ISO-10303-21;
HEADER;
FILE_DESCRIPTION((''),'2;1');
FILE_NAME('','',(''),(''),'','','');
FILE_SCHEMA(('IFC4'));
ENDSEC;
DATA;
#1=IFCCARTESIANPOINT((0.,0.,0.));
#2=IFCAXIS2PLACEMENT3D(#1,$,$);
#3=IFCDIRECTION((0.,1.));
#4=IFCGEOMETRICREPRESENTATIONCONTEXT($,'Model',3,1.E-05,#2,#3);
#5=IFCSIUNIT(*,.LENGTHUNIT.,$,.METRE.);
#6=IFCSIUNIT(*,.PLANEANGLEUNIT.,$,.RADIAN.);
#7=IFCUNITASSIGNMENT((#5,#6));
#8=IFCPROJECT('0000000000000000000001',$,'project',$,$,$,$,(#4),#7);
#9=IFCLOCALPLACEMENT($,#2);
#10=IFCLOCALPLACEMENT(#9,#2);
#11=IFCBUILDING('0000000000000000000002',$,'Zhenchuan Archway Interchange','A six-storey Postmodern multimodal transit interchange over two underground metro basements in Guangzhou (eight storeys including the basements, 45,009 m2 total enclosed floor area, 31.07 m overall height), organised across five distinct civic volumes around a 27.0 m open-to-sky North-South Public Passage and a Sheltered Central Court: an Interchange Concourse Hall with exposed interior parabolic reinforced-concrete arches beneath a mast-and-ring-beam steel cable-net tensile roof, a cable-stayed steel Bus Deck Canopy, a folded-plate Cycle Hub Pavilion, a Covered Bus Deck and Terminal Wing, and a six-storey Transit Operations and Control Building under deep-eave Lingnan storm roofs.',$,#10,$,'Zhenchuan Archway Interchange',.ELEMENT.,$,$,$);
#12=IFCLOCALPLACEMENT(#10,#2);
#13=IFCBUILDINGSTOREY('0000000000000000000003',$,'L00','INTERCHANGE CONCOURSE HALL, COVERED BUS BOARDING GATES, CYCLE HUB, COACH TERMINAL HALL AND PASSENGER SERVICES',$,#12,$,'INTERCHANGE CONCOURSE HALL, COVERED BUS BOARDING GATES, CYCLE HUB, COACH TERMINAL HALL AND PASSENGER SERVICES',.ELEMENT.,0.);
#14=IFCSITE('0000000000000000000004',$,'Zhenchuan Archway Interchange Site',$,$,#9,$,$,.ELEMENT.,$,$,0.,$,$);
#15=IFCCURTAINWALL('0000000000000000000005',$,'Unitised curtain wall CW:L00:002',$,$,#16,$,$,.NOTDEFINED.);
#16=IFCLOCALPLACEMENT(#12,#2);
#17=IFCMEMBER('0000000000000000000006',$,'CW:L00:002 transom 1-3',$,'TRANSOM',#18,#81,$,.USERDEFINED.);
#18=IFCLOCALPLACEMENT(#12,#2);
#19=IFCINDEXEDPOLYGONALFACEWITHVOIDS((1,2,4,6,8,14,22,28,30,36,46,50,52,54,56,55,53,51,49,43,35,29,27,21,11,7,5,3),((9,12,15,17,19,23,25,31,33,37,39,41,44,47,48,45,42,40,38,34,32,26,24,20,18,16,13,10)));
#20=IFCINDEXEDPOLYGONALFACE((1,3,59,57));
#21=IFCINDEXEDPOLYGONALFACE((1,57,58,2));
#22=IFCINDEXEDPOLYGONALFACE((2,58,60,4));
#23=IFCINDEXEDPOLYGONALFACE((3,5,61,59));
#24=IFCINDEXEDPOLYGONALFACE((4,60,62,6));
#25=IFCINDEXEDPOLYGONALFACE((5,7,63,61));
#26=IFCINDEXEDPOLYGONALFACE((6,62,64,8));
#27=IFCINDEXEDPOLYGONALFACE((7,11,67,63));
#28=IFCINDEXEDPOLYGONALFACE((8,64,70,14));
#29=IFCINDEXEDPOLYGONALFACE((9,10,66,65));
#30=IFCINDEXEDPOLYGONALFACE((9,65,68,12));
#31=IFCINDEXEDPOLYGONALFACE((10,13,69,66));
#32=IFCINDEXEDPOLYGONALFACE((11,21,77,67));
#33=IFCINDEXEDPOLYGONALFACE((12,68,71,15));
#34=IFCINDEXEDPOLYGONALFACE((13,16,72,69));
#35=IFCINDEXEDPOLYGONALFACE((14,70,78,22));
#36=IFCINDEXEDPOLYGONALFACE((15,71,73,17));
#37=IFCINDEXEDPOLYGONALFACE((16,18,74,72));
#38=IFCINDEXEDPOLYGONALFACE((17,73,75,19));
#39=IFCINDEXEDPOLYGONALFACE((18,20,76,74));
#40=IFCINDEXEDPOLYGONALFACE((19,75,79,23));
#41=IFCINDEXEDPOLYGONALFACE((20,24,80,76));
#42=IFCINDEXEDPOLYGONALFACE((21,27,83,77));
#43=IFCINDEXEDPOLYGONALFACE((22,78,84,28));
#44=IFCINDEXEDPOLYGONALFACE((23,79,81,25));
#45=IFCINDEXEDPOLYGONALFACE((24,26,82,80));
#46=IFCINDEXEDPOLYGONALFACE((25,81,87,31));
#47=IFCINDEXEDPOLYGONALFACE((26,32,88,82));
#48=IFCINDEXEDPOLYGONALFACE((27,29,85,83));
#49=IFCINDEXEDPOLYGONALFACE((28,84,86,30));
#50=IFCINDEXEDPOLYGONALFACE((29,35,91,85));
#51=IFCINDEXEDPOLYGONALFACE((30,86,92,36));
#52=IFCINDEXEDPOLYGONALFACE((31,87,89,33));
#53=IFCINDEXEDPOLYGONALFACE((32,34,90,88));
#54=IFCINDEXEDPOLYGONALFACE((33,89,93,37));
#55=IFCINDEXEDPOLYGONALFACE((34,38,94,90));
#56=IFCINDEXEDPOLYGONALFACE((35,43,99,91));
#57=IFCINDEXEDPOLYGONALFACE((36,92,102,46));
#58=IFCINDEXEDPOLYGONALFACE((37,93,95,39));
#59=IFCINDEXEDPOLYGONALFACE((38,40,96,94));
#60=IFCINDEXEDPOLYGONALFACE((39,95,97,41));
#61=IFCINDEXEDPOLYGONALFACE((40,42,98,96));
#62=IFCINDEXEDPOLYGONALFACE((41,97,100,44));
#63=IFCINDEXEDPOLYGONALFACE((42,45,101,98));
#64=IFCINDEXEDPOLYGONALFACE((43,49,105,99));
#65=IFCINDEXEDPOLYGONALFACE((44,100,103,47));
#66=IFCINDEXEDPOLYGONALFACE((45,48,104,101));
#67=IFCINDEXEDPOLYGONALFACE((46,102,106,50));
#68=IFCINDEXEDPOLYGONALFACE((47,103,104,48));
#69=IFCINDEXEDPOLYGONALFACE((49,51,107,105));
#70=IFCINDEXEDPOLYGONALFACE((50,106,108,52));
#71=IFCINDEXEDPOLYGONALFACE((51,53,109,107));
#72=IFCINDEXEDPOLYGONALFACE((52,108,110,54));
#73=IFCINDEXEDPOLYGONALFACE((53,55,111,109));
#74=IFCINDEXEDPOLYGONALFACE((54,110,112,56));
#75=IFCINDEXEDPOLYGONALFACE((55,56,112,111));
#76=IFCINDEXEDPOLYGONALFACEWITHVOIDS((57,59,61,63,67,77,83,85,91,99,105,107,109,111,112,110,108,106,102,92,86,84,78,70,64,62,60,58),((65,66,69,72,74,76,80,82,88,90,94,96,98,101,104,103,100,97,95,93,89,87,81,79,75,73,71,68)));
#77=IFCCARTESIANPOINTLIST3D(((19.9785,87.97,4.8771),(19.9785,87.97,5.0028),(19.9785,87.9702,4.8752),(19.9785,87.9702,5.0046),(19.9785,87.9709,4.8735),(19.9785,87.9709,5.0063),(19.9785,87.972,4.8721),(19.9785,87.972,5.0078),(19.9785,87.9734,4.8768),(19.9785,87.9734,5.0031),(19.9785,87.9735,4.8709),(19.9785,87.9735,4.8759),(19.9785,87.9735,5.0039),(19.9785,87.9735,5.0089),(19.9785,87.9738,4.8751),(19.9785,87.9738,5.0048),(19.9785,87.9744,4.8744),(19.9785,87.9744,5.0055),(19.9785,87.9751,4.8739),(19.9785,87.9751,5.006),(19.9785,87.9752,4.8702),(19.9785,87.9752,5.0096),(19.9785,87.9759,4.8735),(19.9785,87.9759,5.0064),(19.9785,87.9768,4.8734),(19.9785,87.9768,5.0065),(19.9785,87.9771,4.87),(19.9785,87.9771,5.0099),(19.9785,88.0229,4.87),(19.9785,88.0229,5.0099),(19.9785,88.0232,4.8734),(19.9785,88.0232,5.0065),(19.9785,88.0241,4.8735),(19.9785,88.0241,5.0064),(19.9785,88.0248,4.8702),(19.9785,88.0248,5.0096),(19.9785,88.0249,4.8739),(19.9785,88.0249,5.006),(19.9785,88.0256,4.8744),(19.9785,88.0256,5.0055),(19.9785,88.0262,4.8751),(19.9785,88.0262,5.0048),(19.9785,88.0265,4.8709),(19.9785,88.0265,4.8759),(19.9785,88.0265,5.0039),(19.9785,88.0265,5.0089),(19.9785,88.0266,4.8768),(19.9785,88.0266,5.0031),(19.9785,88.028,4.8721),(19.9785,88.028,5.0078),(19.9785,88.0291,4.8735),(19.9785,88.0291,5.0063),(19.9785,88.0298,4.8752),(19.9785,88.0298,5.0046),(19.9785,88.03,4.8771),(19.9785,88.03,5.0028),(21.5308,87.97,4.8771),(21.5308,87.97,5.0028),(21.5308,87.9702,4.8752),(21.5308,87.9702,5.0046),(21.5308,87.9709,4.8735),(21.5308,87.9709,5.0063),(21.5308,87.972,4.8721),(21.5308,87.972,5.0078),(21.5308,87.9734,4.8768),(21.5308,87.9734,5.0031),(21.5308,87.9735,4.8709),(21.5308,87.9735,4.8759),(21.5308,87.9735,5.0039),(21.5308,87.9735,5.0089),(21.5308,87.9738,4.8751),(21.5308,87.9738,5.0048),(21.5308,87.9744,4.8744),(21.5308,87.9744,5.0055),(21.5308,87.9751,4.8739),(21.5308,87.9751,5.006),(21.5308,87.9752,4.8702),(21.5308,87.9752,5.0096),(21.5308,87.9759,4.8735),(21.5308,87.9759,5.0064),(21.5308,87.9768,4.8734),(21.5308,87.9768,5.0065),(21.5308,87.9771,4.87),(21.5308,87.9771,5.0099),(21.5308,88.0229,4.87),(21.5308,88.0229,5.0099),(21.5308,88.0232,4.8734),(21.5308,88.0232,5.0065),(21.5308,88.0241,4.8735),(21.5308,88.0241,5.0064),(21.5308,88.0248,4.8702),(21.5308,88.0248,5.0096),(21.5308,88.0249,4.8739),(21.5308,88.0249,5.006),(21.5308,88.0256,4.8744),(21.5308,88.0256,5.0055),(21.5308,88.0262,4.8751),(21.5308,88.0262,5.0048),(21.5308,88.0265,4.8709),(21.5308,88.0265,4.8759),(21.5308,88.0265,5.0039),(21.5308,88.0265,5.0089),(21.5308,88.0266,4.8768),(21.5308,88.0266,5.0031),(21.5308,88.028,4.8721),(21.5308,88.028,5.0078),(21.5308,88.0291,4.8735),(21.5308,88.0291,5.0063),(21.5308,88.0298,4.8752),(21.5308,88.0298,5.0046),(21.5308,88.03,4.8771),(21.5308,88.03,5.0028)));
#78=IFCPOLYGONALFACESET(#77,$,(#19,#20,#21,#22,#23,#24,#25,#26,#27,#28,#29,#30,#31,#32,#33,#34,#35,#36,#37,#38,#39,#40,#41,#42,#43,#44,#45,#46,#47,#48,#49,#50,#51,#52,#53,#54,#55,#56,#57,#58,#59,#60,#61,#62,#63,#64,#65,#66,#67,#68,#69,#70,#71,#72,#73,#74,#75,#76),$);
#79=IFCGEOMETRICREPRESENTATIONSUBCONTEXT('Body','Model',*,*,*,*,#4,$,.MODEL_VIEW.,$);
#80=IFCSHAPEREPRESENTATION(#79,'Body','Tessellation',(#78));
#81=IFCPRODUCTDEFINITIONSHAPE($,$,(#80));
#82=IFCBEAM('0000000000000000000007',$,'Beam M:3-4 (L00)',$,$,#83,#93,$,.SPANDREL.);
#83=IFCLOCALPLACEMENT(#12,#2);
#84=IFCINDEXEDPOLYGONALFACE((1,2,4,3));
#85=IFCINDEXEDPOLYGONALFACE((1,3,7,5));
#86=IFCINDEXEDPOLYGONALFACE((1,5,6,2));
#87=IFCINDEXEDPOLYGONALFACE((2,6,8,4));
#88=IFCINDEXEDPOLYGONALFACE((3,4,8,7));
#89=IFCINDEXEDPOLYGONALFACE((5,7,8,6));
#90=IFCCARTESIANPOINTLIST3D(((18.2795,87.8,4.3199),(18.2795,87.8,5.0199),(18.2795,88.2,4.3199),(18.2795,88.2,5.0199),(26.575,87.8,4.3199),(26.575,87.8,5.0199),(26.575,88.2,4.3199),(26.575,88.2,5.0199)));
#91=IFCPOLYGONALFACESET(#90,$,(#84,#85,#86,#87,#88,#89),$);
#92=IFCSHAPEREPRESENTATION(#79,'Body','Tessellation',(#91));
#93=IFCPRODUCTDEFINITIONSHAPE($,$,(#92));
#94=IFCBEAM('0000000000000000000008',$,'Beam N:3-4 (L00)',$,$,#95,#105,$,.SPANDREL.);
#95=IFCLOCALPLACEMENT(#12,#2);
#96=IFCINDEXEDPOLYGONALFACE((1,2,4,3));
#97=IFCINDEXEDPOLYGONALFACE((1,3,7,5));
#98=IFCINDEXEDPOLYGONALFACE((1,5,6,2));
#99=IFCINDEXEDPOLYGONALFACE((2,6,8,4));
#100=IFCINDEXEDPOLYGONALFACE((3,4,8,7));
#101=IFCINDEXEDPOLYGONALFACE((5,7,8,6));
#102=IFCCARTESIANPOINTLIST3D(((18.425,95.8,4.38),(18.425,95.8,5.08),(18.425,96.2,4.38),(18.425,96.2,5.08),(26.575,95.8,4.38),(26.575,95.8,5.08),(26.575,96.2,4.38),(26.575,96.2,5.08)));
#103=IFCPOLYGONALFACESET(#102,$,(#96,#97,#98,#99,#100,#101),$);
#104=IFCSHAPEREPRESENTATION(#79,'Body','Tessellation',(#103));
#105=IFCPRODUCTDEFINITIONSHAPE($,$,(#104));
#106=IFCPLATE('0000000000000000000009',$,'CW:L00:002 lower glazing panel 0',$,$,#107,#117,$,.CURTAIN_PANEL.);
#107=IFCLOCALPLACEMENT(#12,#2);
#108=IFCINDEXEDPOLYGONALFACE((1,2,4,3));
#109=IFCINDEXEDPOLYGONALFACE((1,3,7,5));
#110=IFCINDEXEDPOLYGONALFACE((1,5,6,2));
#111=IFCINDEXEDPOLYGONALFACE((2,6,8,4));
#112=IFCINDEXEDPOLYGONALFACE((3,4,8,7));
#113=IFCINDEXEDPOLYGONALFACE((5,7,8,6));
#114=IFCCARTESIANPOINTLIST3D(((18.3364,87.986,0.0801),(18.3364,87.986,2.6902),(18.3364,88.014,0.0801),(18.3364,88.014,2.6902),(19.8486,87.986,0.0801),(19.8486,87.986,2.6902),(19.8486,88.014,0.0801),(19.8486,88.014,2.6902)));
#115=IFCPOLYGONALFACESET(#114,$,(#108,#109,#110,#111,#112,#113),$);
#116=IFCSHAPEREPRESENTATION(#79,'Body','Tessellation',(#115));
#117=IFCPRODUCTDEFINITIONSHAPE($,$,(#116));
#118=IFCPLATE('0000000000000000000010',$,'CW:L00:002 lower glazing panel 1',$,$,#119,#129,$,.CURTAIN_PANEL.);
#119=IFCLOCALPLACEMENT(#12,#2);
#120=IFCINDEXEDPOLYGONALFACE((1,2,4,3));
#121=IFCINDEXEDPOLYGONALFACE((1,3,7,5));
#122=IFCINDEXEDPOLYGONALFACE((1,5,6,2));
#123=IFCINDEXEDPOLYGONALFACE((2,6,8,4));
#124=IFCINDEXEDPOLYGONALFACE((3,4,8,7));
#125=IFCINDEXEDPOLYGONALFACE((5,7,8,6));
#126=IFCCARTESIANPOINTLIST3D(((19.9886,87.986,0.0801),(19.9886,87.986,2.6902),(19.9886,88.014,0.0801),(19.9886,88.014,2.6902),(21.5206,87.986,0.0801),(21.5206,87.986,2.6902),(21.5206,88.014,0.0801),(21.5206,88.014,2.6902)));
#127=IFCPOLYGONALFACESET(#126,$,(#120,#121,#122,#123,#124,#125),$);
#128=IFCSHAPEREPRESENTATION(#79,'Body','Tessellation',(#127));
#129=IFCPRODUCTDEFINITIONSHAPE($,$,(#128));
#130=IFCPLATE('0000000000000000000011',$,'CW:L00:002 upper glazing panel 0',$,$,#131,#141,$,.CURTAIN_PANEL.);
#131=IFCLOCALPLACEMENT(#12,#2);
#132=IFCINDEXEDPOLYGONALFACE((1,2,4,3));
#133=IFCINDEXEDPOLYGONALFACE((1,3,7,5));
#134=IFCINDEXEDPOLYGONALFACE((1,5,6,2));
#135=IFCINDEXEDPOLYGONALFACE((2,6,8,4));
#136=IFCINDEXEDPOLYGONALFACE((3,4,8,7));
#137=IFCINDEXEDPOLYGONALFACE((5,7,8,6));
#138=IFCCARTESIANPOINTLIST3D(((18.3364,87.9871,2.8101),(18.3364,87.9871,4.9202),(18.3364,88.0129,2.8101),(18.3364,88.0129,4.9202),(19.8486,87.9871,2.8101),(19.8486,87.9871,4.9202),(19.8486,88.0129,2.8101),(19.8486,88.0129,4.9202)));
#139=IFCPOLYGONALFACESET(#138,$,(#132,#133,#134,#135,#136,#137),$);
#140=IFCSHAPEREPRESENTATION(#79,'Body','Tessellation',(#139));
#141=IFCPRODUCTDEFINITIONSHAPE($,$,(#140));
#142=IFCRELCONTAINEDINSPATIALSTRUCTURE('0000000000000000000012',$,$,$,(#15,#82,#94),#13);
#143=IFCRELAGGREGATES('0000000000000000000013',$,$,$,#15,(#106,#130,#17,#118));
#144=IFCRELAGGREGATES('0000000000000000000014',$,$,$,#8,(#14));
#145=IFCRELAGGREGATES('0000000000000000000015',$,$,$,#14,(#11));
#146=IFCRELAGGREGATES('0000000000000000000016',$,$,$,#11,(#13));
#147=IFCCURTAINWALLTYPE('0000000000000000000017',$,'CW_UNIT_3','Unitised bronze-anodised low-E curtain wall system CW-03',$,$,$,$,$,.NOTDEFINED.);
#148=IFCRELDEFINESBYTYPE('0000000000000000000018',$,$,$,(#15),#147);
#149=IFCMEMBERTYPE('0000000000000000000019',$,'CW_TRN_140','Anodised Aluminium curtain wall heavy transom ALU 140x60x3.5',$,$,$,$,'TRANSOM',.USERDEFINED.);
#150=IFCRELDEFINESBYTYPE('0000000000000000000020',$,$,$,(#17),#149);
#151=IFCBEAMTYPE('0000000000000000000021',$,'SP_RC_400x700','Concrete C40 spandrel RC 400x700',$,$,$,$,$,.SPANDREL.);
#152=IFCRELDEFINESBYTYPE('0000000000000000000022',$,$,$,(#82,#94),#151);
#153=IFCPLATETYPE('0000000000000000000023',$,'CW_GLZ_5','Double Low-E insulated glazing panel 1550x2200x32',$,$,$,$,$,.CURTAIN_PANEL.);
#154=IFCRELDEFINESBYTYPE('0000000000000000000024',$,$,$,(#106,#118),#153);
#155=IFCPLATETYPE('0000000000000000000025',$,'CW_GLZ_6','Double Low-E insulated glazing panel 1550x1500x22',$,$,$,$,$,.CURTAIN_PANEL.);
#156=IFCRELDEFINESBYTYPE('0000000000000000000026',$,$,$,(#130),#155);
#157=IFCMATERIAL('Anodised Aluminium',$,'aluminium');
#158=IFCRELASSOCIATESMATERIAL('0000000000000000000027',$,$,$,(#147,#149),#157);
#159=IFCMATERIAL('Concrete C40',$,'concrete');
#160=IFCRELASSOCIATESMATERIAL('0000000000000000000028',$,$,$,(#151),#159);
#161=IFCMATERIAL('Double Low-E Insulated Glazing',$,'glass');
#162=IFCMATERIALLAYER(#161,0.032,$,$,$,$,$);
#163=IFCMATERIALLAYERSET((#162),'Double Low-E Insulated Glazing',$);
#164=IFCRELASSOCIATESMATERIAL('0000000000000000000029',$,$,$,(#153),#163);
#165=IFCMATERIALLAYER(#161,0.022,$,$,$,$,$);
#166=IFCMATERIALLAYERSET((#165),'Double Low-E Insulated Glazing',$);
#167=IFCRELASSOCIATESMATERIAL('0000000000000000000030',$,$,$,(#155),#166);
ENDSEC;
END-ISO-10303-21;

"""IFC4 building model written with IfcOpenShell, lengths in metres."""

from ifc_helpers import new_model, si_unit, direction, frame, origin, origin_2d, place, context, subcontext, project, spatial, rectangle, hollow_rectangle, extrude, material, layer, layer_set, material_profile, profile_set, type_object, element, aggregate, save


model = new_model("IFC4")

# Units and contexts
model_context = context("Model", 3, precision=1e-05, world=origin(), true_north=direction((0.0, 1.0)))
body_context = subcontext(model_context, "Body", "Model", "MODEL_VIEW")
ifc_project = project(units=[si_unit("LENGTHUNIT", "METRE"), si_unit("PLANEANGLEUNIT", "RADIAN")], contexts=[model_context])

# Site, building, storey
site_placement = place(None, origin())
site = spatial("IfcSite", under=ifc_project, at=site_placement, Name="Zhenchuan Archway Interchange Site", CompositionType="ELEMENT", RefElevation=0.0)
building_placement = place(site_placement, origin())
building = spatial("IfcBuilding", under=site, at=building_placement, Name="Zhenchuan Archway Interchange", Description="A six-storey Postmodern multimodal transit interchange over two underground metro basements in Guangzhou (eight storeys including the basements, 45,009 m2 total enclosed floor area, 31.07 m overall height), organised across five distinct civic volumes around a 27.0 m open-to-sky North-South Public Passage and a Sheltered Central Court: an Interchange Concourse Hall with exposed interior parabolic reinforced-concrete arches beneath a mast-and-ring-beam steel cable-net tensile roof, a cable-stayed steel Bus Deck Canopy, a folded-plate Cycle Hub Pavilion, a Covered Bus Deck and Terminal Wing, and a six-storey Transit Operations and Control Building under deep-eave Lingnan storm roofs.", LongName="Zhenchuan Archway Interchange", CompositionType="ELEMENT")
storey_placement = place(building_placement, origin())
storey = spatial("IfcBuildingStorey", under=building, at=storey_placement, Name="L00", Description="INTERCHANGE CONCOURSE HALL, COVERED BUS BOARDING GATES, CYCLE HUB, COACH TERMINAL HALL AND PASSENGER SERVICES", LongName="INTERCHANGE CONCOURSE HALL, COVERED BUS BOARDING GATES, CYCLE HUB, COACH TERMINAL HALL AND PASSENGER SERVICES", CompositionType="ELEMENT", Elevation=0.0)

# Shared definitions
ifc_material_1 = material(Name="Concrete C40", Category="concrete")

# Curtain wall, member
ifc_material_2 = material(Name="Anodised Aluminium", Category="aluminium")
curtain_wall_type = type_object("IfcCurtainWallType", Name="CW_UNIT_3", Description="Unitised bronze-anodised low-E curtain wall system CW-03", PredefinedType="NOTDEFINED", material=ifc_material_2)
curtain_wall_placement = place(storey_placement, origin())
curtain_wall = element("IfcCurtainWall", 1, at=curtain_wall_placement, inside=storey, type_object=curtain_wall_type, Name="Unitised curtain wall CW:L00:002", PredefinedType="NOTDEFINED")
ifc_material_profile_1 = material_profile(ifc_material_2, hollow_rectangle(XDim=0.0601, YDim=0.1399, WallThickness=0.0034, InnerFilletRadius=0.0034, OuterFilletRadius=0.0071, at=origin_2d()), Name="ALU 140x60x3.5")
ifc_profile_set_1 = profile_set([ifc_material_profile_1], Name="Anodised Aluminium")
member_type_1 = type_object("IfcMemberType", Name="CW_TRN_140", Description="Anodised Aluminium curtain wall heavy transom ALU 140x60x3.5", ElementType="TRANSOM", PredefinedType="USERDEFINED", material=ifc_profile_set_1)
member_1_placement = place(storey_placement, frame((19.9785, 88.0, 4.9399), z_axis=(1.0, 0.0, 0.0), x_axis=(0.0, 1.0, 0.0)))
member_1 = element("IfcMember", 2, at=member_1_placement, type_object=member_type_1, Name="CW:L00:002 transom 1-3", ObjectType="TRANSOM", PredefinedType="USERDEFINED", context=body_context, shape_type="SweptSolid", body=[
    extrude(hollow_rectangle(XDim=0.0601, YDim=0.1399, WallThickness=0.0034, InnerFilletRadius=0.0034, OuterFilletRadius=0.0071, at=origin_2d()), origin(), (0.0, 0.0, 1.0), 1.5522),
])

# Beams
ifc_material_profile_2 = material_profile(ifc_material_1, rectangle(XDim=0.3999, YDim=0.7, at=origin_2d()), Name="RC 400x700")
ifc_profile_set_2 = profile_set([ifc_material_profile_2], Name="Concrete C40")
beam_type = type_object("IfcBeamType", Name="SP_RC_400x700", Description="Concrete C40 spandrel RC 400x700", PredefinedType="SPANDREL", material=ifc_profile_set_2)
beam_1_placement = place(storey_placement, frame((18.2795, 88.0, 4.6699), z_axis=(1.0, 0.0, 0.0), x_axis=(0.0, 1.0, 0.0)))
element("IfcBeam", 3, at=beam_1_placement, inside=storey, type_object=beam_type, Name="Beam M:3-4 (L00)", PredefinedType="SPANDREL", context=body_context, shape_type="SweptSolid", body=[
    extrude(rectangle(XDim=0.3999, YDim=0.7, at=origin_2d()), origin(), (0.0, 0.0, 1.0), 8.2954),
])
beam_2_placement = place(storey_placement, frame((18.425, 96.0, 4.73), z_axis=(1.0, 0.0, 0.0), x_axis=(0.0, 1.0, 0.0)))
element("IfcBeam", 4, at=beam_2_placement, inside=storey, type_object=beam_type, Name="Beam N:3-4 (L00)", PredefinedType="SPANDREL", context=body_context, shape_type="SweptSolid", body=[
    extrude(rectangle(XDim=0.3999, YDim=0.7, at=origin_2d()), origin(), (0.0, 0.0, 1.0), 8.1499),
])

# Plates
ifc_material_3 = material(Name="Double Low-E Insulated Glazing", Category="glass")
ifc_layer_1 = layer(ifc_material_3, 0.032)
ifc_layer_set_1 = layer_set([ifc_layer_1], Name="Double Low-E Insulated Glazing")
plate_type_1 = type_object("IfcPlateType", Name="CW_GLZ_5", Description="Double Low-E insulated glazing panel 1550x2200x32", PredefinedType="CURTAIN_PANEL", material=ifc_layer_set_1)
plate_1_placement = place(storey_placement, frame((19.0925, 88.0, 0.0801), z_axis=(0.0, 0.0, 1.0), x_axis=(1.0, 0.0, 0.0)))
plate_1 = element("IfcPlate", 5, at=plate_1_placement, type_object=plate_type_1, Name="CW:L00:002 lower glazing panel 0", PredefinedType="CURTAIN_PANEL", context=body_context, shape_type="SweptSolid", body=[
    extrude(rectangle(XDim=1.5122, YDim=0.0281, at=origin_2d()), origin(), (0.0, 0.0, 1.0), 2.6101),
])
plate_2_placement = place(storey_placement, frame((20.7546, 88.0, 0.0801), z_axis=(0.0, 0.0, 1.0), x_axis=(1.0, 0.0, 0.0)))
plate_2 = element("IfcPlate", 6, at=plate_2_placement, type_object=plate_type_1, Name="CW:L00:002 lower glazing panel 1", PredefinedType="CURTAIN_PANEL", context=body_context, shape_type="SweptSolid", body=[
    extrude(rectangle(XDim=1.532, YDim=0.0281, at=origin_2d()), origin(), (0.0, 0.0, 1.0), 2.6101),
])
ifc_layer_2 = layer(ifc_material_3, 0.022)
ifc_layer_set_2 = layer_set([ifc_layer_2], Name="Double Low-E Insulated Glazing")
plate_type_2 = type_object("IfcPlateType", Name="CW_GLZ_6", Description="Double Low-E insulated glazing panel 1550x1500x22", PredefinedType="CURTAIN_PANEL", material=ifc_layer_set_2)
plate_3_placement = place(storey_placement, frame((19.0925, 88.0, 2.8101), z_axis=(0.0, 0.0, 1.0), x_axis=(1.0, 0.0, 0.0)))
plate_3 = element("IfcPlate", 7, at=plate_3_placement, type_object=plate_type_2, Name="CW:L00:002 upper glazing panel 0", PredefinedType="CURTAIN_PANEL", context=body_context, shape_type="SweptSolid", body=[
    extrude(rectangle(XDim=1.5122, YDim=0.0259, at=origin_2d()), origin(), (0.0, 0.0, 1.0), 2.1101),
])
aggregate(curtain_wall, [plate_1, plate_3, member_1, plate_2])

save(model, "model.ifc")
